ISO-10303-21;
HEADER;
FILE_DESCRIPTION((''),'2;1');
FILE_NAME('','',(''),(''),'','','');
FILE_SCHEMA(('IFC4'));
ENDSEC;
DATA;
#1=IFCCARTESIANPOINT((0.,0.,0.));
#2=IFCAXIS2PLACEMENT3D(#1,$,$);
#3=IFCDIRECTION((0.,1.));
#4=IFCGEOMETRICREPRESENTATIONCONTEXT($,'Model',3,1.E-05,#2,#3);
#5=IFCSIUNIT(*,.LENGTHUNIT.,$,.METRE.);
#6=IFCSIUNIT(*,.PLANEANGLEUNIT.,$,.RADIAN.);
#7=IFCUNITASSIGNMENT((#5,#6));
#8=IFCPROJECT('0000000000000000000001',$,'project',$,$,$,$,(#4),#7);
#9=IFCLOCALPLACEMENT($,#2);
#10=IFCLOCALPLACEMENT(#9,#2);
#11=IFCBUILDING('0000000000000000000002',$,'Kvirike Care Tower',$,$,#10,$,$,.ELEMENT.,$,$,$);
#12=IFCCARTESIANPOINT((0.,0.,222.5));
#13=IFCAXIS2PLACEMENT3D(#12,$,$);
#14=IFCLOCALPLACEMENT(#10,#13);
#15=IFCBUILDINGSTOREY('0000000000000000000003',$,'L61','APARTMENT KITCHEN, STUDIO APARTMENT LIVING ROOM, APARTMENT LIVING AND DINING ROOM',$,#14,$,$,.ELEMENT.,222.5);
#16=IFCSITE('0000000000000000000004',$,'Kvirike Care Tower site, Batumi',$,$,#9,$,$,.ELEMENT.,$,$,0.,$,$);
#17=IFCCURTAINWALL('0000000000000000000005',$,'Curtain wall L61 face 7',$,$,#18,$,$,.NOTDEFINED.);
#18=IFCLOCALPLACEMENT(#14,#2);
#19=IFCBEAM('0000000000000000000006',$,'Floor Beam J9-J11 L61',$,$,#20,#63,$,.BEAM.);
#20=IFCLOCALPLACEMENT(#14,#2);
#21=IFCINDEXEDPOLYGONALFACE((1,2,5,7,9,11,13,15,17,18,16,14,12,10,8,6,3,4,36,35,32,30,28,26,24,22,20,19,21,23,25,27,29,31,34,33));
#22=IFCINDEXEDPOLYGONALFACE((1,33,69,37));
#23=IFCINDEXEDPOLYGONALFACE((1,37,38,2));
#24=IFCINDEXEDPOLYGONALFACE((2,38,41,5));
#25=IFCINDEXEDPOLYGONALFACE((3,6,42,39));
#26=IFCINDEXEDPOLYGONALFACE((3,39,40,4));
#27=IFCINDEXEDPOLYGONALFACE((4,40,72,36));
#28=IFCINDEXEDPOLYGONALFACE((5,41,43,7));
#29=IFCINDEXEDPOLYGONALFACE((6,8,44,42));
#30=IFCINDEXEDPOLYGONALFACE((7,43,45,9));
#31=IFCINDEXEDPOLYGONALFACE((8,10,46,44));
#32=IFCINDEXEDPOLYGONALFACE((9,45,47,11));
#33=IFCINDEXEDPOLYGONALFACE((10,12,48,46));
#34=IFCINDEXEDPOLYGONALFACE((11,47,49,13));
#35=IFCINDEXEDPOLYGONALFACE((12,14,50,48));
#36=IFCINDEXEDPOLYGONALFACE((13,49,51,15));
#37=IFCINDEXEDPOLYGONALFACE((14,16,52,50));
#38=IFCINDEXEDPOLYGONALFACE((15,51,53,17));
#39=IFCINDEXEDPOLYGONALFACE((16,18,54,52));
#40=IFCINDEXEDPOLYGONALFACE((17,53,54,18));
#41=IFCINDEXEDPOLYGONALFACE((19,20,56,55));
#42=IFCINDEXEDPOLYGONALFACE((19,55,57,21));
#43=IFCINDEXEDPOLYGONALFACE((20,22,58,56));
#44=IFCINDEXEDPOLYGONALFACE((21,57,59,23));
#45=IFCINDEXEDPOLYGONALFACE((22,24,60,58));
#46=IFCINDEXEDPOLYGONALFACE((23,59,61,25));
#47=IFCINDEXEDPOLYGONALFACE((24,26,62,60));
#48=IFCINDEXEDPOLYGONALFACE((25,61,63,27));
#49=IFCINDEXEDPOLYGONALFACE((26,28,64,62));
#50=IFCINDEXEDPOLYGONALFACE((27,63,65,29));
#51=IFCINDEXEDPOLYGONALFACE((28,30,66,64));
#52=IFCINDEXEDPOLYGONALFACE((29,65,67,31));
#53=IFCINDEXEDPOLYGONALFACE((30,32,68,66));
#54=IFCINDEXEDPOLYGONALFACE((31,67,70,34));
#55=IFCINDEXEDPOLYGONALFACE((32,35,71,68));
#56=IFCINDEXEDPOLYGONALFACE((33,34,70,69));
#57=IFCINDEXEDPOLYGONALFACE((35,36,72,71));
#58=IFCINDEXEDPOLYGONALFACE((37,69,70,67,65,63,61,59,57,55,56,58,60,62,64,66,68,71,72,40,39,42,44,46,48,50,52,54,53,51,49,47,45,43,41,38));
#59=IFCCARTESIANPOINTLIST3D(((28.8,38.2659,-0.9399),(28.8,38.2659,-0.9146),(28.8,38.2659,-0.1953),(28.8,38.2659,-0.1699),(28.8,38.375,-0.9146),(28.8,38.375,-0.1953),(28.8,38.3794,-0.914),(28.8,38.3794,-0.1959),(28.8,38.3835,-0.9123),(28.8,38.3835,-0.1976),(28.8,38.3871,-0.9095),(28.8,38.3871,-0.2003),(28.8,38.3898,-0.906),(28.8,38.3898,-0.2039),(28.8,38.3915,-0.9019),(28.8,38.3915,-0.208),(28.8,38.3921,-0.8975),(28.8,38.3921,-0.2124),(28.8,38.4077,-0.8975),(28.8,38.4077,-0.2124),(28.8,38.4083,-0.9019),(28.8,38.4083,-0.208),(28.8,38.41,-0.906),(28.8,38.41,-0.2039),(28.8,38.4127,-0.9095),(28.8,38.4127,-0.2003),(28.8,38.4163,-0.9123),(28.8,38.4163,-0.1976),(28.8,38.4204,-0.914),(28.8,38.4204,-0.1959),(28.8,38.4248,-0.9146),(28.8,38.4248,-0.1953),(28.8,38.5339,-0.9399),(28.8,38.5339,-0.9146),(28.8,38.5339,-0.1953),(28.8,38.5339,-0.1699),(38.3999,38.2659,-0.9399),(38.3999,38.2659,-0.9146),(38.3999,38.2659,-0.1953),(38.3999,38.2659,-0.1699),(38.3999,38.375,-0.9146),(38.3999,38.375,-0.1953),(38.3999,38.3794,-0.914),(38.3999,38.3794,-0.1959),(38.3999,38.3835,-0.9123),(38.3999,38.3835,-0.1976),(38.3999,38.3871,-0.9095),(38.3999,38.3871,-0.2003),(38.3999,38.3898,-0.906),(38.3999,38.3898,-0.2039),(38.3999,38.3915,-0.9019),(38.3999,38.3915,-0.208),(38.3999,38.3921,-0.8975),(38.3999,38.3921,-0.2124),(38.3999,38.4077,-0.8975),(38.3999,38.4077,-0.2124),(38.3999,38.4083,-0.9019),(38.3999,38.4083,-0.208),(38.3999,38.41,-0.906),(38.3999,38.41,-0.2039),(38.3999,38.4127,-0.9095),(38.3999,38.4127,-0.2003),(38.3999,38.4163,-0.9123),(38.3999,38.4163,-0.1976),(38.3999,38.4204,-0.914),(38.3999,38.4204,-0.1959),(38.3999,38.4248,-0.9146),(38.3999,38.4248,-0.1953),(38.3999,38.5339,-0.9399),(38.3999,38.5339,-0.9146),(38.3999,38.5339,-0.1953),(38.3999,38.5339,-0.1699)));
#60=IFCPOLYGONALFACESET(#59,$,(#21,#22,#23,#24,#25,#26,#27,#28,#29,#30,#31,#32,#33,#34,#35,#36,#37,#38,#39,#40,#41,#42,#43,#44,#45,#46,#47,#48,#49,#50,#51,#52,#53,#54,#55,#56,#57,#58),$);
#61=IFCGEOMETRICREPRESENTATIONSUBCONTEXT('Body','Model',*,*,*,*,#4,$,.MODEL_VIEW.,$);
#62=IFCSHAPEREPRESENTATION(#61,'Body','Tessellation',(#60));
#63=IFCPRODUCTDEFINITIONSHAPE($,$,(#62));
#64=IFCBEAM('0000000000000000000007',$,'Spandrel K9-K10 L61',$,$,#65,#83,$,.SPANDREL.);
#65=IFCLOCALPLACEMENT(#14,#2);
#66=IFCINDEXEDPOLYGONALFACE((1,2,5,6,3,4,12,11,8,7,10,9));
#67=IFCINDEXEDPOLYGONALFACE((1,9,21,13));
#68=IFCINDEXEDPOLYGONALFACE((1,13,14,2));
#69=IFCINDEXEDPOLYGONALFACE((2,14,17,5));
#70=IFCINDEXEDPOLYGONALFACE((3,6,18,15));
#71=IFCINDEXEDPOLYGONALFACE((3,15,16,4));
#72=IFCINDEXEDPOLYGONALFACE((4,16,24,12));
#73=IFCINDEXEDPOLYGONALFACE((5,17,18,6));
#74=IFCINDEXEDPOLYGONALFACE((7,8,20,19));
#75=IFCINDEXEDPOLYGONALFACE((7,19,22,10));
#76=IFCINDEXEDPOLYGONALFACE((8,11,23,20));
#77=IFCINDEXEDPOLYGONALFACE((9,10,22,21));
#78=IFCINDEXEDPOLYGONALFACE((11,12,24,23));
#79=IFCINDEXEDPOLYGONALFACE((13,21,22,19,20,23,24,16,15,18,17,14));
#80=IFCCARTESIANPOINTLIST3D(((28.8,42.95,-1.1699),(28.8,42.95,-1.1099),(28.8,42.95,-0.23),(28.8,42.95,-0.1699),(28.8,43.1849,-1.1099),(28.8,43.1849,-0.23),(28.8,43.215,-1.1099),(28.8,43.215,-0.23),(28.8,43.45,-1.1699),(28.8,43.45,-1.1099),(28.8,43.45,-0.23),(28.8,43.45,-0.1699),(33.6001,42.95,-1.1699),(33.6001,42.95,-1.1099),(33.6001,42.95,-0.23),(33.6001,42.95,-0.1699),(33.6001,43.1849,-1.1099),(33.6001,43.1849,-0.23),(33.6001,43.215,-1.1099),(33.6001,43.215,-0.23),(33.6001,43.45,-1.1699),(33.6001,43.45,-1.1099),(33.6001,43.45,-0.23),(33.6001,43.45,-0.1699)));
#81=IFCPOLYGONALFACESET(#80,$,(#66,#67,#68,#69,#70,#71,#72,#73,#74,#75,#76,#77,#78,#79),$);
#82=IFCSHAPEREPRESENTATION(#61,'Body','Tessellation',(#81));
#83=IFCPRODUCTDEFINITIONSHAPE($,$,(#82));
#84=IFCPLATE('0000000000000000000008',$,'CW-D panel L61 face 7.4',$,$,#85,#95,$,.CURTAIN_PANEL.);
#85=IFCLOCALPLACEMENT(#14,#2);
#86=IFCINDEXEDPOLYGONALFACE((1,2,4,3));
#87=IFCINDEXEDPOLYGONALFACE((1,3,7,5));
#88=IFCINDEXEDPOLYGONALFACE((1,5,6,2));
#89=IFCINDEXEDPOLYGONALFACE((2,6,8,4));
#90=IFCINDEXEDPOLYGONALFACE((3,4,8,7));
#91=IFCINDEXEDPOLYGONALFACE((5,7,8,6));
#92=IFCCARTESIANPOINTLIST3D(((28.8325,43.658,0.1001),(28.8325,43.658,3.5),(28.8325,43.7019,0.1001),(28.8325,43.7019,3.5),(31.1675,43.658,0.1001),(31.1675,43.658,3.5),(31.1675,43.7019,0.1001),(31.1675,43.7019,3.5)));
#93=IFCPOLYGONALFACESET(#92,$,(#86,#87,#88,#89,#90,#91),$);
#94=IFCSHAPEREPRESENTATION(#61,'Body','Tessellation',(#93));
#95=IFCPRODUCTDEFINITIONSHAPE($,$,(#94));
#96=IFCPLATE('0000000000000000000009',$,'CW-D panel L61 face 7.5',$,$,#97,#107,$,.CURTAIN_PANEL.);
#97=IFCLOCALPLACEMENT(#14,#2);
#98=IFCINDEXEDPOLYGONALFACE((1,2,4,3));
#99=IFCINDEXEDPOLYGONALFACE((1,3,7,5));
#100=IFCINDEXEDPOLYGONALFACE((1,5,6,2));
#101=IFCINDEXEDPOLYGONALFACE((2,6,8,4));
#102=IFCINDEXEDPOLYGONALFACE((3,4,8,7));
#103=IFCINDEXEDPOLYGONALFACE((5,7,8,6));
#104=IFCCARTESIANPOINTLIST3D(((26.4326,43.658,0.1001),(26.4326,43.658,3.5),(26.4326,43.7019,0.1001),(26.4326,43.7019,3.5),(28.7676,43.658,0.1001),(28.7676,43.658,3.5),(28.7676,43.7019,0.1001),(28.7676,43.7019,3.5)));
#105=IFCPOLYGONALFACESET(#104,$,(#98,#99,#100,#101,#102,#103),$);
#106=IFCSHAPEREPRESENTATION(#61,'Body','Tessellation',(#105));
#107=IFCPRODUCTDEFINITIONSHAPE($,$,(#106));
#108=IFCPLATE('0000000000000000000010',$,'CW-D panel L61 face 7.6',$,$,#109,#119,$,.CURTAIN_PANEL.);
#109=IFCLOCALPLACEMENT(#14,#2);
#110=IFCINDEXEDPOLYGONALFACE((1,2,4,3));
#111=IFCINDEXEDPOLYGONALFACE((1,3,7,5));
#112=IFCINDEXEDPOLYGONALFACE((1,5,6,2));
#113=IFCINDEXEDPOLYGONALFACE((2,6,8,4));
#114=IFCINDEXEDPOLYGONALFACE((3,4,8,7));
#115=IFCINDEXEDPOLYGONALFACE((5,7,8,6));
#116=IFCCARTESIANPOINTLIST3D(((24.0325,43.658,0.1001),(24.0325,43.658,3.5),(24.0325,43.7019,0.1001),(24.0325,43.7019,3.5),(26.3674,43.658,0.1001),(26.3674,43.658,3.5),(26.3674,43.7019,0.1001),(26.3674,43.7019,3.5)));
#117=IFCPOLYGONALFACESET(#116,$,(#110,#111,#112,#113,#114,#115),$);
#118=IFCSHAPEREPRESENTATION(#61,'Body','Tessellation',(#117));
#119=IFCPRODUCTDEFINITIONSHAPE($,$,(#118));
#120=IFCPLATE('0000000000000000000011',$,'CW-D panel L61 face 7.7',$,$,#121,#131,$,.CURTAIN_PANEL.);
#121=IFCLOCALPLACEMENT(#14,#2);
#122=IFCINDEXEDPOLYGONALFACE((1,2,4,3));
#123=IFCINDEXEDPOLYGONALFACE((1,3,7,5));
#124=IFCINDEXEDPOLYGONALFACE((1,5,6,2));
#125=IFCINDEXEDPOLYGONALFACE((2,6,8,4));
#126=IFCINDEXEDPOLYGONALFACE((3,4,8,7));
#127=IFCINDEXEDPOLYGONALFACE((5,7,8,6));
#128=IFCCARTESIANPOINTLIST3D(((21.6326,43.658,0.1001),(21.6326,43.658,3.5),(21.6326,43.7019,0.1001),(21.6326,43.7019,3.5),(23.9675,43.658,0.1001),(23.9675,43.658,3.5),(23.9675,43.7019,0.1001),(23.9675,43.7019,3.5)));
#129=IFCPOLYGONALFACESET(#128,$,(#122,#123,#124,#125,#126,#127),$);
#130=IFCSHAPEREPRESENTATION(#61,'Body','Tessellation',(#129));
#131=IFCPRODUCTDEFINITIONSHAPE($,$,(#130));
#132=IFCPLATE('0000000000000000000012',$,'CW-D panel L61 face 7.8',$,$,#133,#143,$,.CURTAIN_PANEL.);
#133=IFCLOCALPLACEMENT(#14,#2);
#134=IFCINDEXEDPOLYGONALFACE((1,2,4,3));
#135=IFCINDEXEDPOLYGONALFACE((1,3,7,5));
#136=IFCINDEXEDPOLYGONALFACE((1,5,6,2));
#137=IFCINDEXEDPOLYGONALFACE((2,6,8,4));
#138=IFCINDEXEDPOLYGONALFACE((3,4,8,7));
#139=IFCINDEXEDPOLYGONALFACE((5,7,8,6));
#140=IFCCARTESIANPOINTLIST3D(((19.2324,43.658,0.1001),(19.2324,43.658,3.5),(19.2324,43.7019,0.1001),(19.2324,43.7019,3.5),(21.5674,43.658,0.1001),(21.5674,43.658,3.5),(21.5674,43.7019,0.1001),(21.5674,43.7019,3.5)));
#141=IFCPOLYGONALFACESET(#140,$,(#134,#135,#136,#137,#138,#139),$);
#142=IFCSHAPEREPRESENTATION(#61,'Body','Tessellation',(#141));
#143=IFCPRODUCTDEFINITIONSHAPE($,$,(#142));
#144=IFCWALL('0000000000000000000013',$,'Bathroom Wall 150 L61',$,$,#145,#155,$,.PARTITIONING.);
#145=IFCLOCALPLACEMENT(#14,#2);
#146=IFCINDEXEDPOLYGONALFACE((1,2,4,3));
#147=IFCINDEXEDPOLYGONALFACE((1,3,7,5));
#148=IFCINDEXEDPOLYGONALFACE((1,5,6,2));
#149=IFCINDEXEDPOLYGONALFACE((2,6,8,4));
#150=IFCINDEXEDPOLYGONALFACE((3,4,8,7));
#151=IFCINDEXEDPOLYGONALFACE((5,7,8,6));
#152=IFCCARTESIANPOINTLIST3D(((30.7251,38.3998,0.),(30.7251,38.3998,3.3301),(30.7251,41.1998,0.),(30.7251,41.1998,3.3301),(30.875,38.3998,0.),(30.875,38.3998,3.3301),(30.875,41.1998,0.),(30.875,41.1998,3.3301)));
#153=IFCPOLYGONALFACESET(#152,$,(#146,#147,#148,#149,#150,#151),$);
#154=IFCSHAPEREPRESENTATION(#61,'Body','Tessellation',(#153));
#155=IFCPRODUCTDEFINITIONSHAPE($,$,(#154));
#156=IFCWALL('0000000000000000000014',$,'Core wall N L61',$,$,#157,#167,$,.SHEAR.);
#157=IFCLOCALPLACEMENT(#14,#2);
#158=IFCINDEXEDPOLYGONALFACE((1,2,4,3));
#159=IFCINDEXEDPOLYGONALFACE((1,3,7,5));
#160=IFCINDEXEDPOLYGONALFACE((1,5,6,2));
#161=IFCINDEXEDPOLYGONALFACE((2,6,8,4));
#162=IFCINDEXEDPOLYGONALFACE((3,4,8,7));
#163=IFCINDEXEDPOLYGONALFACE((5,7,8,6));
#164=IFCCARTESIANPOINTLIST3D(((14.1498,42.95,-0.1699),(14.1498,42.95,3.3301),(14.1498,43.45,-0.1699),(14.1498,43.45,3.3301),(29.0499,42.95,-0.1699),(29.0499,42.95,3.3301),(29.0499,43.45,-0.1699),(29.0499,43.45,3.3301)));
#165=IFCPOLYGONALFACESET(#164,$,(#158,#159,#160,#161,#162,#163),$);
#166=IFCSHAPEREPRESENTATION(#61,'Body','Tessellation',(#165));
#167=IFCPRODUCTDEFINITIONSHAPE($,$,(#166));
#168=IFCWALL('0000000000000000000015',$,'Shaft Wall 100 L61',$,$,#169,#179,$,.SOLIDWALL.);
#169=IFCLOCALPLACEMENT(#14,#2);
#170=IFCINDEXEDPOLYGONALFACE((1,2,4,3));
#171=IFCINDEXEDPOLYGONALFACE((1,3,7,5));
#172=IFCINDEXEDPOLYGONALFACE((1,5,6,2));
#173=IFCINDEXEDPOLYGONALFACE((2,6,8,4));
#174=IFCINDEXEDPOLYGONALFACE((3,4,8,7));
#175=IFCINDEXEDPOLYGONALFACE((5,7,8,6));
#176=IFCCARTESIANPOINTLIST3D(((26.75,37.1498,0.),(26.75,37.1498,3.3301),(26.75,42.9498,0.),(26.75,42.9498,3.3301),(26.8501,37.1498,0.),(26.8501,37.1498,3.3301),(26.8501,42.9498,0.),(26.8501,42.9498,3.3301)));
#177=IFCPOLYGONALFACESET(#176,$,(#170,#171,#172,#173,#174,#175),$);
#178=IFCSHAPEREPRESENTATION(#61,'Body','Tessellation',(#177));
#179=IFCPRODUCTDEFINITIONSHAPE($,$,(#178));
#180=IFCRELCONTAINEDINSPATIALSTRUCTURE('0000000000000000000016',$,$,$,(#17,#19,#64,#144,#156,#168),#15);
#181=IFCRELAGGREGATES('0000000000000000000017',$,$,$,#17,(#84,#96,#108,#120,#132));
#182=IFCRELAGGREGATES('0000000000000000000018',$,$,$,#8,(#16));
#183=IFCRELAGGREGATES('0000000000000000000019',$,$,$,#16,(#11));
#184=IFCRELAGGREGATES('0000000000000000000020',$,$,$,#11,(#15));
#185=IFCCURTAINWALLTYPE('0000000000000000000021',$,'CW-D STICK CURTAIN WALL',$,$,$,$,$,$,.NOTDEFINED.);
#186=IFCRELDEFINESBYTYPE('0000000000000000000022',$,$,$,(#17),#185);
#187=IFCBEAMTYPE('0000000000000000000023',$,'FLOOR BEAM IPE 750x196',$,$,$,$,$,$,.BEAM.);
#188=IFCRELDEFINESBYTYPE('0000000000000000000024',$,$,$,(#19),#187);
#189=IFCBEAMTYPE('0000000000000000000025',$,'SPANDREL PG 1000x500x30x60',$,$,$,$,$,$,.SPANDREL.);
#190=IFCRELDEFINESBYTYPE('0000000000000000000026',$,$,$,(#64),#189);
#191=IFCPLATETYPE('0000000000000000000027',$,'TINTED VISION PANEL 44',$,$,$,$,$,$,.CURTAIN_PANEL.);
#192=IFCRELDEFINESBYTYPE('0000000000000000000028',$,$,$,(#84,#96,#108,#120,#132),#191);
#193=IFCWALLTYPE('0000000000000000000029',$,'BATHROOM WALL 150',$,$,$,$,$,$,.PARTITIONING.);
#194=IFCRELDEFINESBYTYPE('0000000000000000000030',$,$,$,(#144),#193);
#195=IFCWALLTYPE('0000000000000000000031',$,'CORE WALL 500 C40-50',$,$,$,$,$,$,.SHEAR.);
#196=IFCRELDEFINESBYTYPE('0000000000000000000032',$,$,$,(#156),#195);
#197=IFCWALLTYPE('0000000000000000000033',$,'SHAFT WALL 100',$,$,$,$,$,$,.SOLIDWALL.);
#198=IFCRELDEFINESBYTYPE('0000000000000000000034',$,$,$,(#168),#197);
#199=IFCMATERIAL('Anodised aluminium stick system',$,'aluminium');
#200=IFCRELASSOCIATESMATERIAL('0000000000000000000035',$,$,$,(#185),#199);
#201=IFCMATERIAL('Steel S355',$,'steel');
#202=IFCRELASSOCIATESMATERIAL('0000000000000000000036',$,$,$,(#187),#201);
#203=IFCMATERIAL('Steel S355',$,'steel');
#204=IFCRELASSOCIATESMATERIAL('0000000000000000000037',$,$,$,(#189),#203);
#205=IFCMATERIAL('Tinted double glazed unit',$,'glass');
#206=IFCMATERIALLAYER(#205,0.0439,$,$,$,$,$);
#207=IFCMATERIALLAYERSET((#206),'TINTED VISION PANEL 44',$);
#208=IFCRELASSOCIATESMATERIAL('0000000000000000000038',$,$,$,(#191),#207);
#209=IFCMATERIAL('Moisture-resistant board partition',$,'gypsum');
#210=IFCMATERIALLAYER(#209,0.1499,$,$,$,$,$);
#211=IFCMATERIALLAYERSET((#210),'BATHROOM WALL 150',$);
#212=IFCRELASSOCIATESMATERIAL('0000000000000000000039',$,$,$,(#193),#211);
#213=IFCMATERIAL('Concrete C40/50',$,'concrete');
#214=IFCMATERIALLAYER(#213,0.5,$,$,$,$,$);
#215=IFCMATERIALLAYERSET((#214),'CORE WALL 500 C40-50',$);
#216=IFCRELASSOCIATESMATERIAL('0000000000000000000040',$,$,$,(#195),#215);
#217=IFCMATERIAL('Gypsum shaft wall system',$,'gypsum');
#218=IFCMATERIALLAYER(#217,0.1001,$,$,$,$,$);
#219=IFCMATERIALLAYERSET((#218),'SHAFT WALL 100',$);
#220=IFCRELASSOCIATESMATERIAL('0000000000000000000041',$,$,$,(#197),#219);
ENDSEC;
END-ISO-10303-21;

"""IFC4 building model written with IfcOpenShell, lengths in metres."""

from ifc_helpers import new_model, si_unit, direction, frame, frame_2d, origin, origin_2d, place, context, subcontext, project, spatial, rectangle, i_section, extrude, material, layer, layer_set, material_profile, profile_set, type_object, element, aggregate, save


model = new_model("IFC4")

# Units and contexts
model_context = context("Model", 3, precision=1e-05, world=origin(), true_north=direction((0.0, 1.0)))
body_context = subcontext(model_context, "Body", "Model", "MODEL_VIEW")
ifc_project = project(units=[si_unit("LENGTHUNIT", "METRE"), si_unit("PLANEANGLEUNIT", "RADIAN")], contexts=[model_context])

# Site, building, storey
site_placement = place(None, origin())
site = spatial("IfcSite", under=ifc_project, at=site_placement, Name="Kvirike Care Tower site, Batumi", CompositionType="ELEMENT", RefElevation=0.0)
building_placement = place(site_placement, origin())
building = spatial("IfcBuilding", under=site, at=building_placement, Name="Kvirike Care Tower", CompositionType="ELEMENT")
storey_placement = place(building_placement, frame((0.0, 0.0, 222.5)))
storey = spatial("IfcBuildingStorey", under=building, at=storey_placement, Name="L61", Description="APARTMENT KITCHEN, STUDIO APARTMENT LIVING ROOM, APARTMENT LIVING AND DINING ROOM", CompositionType="ELEMENT", Elevation=222.5)

# Curtain wall
ifc_material_1 = material(Name="Anodised aluminium stick system", Category="aluminium")
curtain_wall_type = type_object("IfcCurtainWallType", Name="CW-D STICK CURTAIN WALL", PredefinedType="NOTDEFINED", material=ifc_material_1)
curtain_wall_placement = place(storey_placement, origin())
curtain_wall = element("IfcCurtainWall", 1, at=curtain_wall_placement, inside=storey, type_object=curtain_wall_type, Name="Curtain wall L61 face 7", PredefinedType="NOTDEFINED")

# Beams
ifc_material_2 = material(Name="Steel S355", Category="steel")
ifc_material_profile_1 = material_profile(ifc_material_2, i_section(OverallWidth=0.2681, OverallDepth=0.77, WebThickness=0.0156, FlangeThickness=0.0254, FilletRadius=0.0171, at=origin_2d()), Name="IPE 750x196")
ifc_profile_set_1 = profile_set([ifc_material_profile_1], Name="Steel S355")
beam_type_1 = type_object("IfcBeamType", Name="FLOOR BEAM IPE 750x196", PredefinedType="BEAM", material=ifc_profile_set_1)
for number, where, z_axis, x_axis, name in (
    (2, (28.8, 38.3999, -0.5549), (1.0, 0.0, 0.0), (0.0, 1.0, 0.0), "Floor Beam J9-J11 L61"),
):
    element("IfcBeam", number, at=place(storey_placement, frame(where, z_axis=z_axis, x_axis=x_axis)), inside=storey, type_object=beam_type_1, Name=name, PredefinedType="BEAM", context=body_context, shape_type="SweptSolid", body=[
        extrude(i_section(OverallWidth=0.2681, OverallDepth=0.77, WebThickness=0.0156, FlangeThickness=0.0254, FilletRadius=0.0171, at=origin_2d()), origin(), (0.0, 0.0, 1.0), 9.5999),
    ])
ifc_material_3 = material(Name="Steel S355", Category="steel")
ifc_material_profile_2 = material_profile(ifc_material_3, i_section(OverallWidth=0.5, OverallDepth=1.0, WebThickness=0.03, FlangeThickness=0.0601, at=origin_2d()), Name="PG 1000x500x30x60")
ifc_profile_set_2 = profile_set([ifc_material_profile_2], Name="Steel S355")
beam_type_2 = type_object("IfcBeamType", Name="SPANDREL PG 1000x500x30x60", PredefinedType="SPANDREL", material=ifc_profile_set_2)
beam_placement = place(storey_placement, frame((28.8, 43.2, -0.6699), z_axis=(1.0, 0.0, 0.0), x_axis=(0.0, 1.0, 0.0)))
element("IfcBeam", 3, at=beam_placement, inside=storey, type_object=beam_type_2, Name="Spandrel K9-K10 L61", PredefinedType="SPANDREL", context=body_context, shape_type="SweptSolid", body=[
    extrude(i_section(OverallWidth=0.5, OverallDepth=1.0, WebThickness=0.03, FlangeThickness=0.0601, at=origin_2d()), origin(), (0.0, 0.0, 1.0), 4.8),
])

# Plates
ifc_material_4 = material(Name="Tinted double glazed unit", Category="glass")
ifc_layer_1 = layer(ifc_material_4, 0.0439)
ifc_layer_set_1 = layer_set([ifc_layer_1], Name="TINTED VISION PANEL 44")
plate_type = type_object("IfcPlateType", Name="TINTED VISION PANEL 44", PredefinedType="CURTAIN_PANEL", material=ifc_layer_set_1)
plate_1_placement = place(storey_placement, frame((30.0, 43.6799, 0.1001), z_axis=(0.0, 0.0, 1.0), x_axis=(-1.0, 0.0, 0.0)))
plate_1 = element("IfcPlate", 4, at=plate_1_placement, type_object=plate_type, Name="CW-D panel L61 face 7.4", PredefinedType="CURTAIN_PANEL", context=body_context, shape_type="SweptSolid", body=[
    extrude(rectangle(XDim=2.335, YDim=0.0439, at=origin_2d()), origin(), (0.0, 0.0, 1.0), 3.3999),
])
plate_2_placement = place(storey_placement, frame((27.6001, 43.6799, 0.1001), z_axis=(0.0, 0.0, 1.0), x_axis=(-1.0, 0.0, 0.0)))
plate_2 = element("IfcPlate", 5, at=plate_2_placement, type_object=plate_type, Name="CW-D panel L61 face 7.5", PredefinedType="CURTAIN_PANEL", context=body_context, shape_type="SweptSolid", body=[
    extrude(rectangle(XDim=2.335, YDim=0.0439, at=origin_2d()), origin(), (0.0, 0.0, 1.0), 3.3999),
])
plate_3_placement = place(storey_placement, frame((25.2, 43.6799, 0.1001), z_axis=(0.0, 0.0, 1.0), x_axis=(-1.0, 0.0, 0.0)))
plate_3 = element("IfcPlate", 6, at=plate_3_placement, type_object=plate_type, Name="CW-D panel L61 face 7.6", PredefinedType="CURTAIN_PANEL", context=body_context, shape_type="SweptSolid", body=[
    extrude(rectangle(XDim=2.335, YDim=0.0439, at=origin_2d()), origin(), (0.0, 0.0, 1.0), 3.3999),
])
plate_4_placement = place(storey_placement, frame((22.8, 43.6799, 0.1001), z_axis=(0.0, 0.0, 1.0), x_axis=(-1.0, 0.0, 0.0)))
plate_4 = element("IfcPlate", 7, at=plate_4_placement, type_object=plate_type, Name="CW-D panel L61 face 7.7", PredefinedType="CURTAIN_PANEL", context=body_context, shape_type="SweptSolid", body=[
    extrude(rectangle(XDim=2.335, YDim=0.0439, at=origin_2d()), origin(), (0.0, 0.0, 1.0), 3.3999),
])
plate_5_placement = place(storey_placement, frame((20.3999, 43.6799, 0.1001), z_axis=(0.0, 0.0, 1.0), x_axis=(-1.0, 0.0, 0.0)))
plate_5 = element("IfcPlate", 8, at=plate_5_placement, type_object=plate_type, Name="CW-D panel L61 face 7.8", PredefinedType="CURTAIN_PANEL", context=body_context, shape_type="SweptSolid", body=[
    extrude(rectangle(XDim=2.335, YDim=0.0439, at=origin_2d()), origin(), (0.0, 0.0, 1.0), 3.3999),
])
aggregate(curtain_wall, [plate_1, plate_2, plate_3, plate_4, plate_5])

# Walls
ifc_material_5 = material(Name="Moisture-resistant board partition", Category="gypsum")
ifc_layer_2 = layer(ifc_material_5, 0.1499)
ifc_layer_set_2 = layer_set([ifc_layer_2], Name="BATHROOM WALL 150")
wall_type_1 = type_object("IfcWallType", Name="BATHROOM WALL 150", PredefinedType="PARTITIONING", material=ifc_layer_set_2)
wall_1_placement = place(storey_placement, frame((30.8, 38.3999, 0.0), z_axis=(0.0, 0.0, 1.0), x_axis=(0.0, 1.0, 0.0)))
element("IfcWall", 9, at=wall_1_placement, inside=storey, type_object=wall_type_1, Name="Bathroom Wall 150 L61", PredefinedType="PARTITIONING", context=body_context, shape_type="SweptSolid", body=[
    extrude(rectangle(XDim=2.8, YDim=0.1499, at=frame_2d((1.3999, 0.0))), origin(), (0.0, 0.0, 1.0), 3.3301),
])
ifc_material_6 = material(Name="Concrete C40/50", Category="concrete")
ifc_layer_3 = layer(ifc_material_6, 0.5)
ifc_layer_set_3 = layer_set([ifc_layer_3], Name="CORE WALL 500 C40-50")
wall_type_2 = type_object("IfcWallType", Name="CORE WALL 500 C40-50", PredefinedType="SHEAR", material=ifc_layer_set_3)
wall_2_placement = place(storey_placement, frame((29.05, 43.2, -0.1699), z_axis=(0.0, 0.0, 1.0), x_axis=(-1.0, 0.0, 0.0)))
element("IfcWall", 10, at=wall_2_placement, inside=storey, type_object=wall_type_2, Name="Core wall N L61", PredefinedType="SHEAR", context=body_context, shape_type="SweptSolid", body=[
    extrude(rectangle(XDim=14.9001, YDim=0.5, at=frame_2d((7.4502, 0.0))), origin(), (0.0, 0.0, 1.0), 3.5),
])
ifc_material_7 = material(Name="Gypsum shaft wall system", Category="gypsum")
ifc_layer_4 = layer(ifc_material_7, 0.1001)
ifc_layer_set_4 = layer_set([ifc_layer_4], Name="SHAFT WALL 100")
wall_type_3 = type_object("IfcWallType", Name="SHAFT WALL 100", PredefinedType="SOLIDWALL", material=ifc_layer_set_4)
wall_3_placement = place(storey_placement, frame((26.8, 37.1499, 0.0), z_axis=(0.0, 0.0, 1.0), x_axis=(0.0, 1.0, 0.0)))
element("IfcWall", 11, at=wall_3_placement, inside=storey, type_object=wall_type_3, Name="Shaft Wall 100 L61", PredefinedType="SOLIDWALL", context=body_context, shape_type="SweptSolid", body=[
    extrude(rectangle(XDim=5.8, YDim=0.1001, at=frame_2d((2.8999, 0.0))), origin(), (0.0, 0.0, 1.0), 3.3301),
])

save(model, "model.ifc")
